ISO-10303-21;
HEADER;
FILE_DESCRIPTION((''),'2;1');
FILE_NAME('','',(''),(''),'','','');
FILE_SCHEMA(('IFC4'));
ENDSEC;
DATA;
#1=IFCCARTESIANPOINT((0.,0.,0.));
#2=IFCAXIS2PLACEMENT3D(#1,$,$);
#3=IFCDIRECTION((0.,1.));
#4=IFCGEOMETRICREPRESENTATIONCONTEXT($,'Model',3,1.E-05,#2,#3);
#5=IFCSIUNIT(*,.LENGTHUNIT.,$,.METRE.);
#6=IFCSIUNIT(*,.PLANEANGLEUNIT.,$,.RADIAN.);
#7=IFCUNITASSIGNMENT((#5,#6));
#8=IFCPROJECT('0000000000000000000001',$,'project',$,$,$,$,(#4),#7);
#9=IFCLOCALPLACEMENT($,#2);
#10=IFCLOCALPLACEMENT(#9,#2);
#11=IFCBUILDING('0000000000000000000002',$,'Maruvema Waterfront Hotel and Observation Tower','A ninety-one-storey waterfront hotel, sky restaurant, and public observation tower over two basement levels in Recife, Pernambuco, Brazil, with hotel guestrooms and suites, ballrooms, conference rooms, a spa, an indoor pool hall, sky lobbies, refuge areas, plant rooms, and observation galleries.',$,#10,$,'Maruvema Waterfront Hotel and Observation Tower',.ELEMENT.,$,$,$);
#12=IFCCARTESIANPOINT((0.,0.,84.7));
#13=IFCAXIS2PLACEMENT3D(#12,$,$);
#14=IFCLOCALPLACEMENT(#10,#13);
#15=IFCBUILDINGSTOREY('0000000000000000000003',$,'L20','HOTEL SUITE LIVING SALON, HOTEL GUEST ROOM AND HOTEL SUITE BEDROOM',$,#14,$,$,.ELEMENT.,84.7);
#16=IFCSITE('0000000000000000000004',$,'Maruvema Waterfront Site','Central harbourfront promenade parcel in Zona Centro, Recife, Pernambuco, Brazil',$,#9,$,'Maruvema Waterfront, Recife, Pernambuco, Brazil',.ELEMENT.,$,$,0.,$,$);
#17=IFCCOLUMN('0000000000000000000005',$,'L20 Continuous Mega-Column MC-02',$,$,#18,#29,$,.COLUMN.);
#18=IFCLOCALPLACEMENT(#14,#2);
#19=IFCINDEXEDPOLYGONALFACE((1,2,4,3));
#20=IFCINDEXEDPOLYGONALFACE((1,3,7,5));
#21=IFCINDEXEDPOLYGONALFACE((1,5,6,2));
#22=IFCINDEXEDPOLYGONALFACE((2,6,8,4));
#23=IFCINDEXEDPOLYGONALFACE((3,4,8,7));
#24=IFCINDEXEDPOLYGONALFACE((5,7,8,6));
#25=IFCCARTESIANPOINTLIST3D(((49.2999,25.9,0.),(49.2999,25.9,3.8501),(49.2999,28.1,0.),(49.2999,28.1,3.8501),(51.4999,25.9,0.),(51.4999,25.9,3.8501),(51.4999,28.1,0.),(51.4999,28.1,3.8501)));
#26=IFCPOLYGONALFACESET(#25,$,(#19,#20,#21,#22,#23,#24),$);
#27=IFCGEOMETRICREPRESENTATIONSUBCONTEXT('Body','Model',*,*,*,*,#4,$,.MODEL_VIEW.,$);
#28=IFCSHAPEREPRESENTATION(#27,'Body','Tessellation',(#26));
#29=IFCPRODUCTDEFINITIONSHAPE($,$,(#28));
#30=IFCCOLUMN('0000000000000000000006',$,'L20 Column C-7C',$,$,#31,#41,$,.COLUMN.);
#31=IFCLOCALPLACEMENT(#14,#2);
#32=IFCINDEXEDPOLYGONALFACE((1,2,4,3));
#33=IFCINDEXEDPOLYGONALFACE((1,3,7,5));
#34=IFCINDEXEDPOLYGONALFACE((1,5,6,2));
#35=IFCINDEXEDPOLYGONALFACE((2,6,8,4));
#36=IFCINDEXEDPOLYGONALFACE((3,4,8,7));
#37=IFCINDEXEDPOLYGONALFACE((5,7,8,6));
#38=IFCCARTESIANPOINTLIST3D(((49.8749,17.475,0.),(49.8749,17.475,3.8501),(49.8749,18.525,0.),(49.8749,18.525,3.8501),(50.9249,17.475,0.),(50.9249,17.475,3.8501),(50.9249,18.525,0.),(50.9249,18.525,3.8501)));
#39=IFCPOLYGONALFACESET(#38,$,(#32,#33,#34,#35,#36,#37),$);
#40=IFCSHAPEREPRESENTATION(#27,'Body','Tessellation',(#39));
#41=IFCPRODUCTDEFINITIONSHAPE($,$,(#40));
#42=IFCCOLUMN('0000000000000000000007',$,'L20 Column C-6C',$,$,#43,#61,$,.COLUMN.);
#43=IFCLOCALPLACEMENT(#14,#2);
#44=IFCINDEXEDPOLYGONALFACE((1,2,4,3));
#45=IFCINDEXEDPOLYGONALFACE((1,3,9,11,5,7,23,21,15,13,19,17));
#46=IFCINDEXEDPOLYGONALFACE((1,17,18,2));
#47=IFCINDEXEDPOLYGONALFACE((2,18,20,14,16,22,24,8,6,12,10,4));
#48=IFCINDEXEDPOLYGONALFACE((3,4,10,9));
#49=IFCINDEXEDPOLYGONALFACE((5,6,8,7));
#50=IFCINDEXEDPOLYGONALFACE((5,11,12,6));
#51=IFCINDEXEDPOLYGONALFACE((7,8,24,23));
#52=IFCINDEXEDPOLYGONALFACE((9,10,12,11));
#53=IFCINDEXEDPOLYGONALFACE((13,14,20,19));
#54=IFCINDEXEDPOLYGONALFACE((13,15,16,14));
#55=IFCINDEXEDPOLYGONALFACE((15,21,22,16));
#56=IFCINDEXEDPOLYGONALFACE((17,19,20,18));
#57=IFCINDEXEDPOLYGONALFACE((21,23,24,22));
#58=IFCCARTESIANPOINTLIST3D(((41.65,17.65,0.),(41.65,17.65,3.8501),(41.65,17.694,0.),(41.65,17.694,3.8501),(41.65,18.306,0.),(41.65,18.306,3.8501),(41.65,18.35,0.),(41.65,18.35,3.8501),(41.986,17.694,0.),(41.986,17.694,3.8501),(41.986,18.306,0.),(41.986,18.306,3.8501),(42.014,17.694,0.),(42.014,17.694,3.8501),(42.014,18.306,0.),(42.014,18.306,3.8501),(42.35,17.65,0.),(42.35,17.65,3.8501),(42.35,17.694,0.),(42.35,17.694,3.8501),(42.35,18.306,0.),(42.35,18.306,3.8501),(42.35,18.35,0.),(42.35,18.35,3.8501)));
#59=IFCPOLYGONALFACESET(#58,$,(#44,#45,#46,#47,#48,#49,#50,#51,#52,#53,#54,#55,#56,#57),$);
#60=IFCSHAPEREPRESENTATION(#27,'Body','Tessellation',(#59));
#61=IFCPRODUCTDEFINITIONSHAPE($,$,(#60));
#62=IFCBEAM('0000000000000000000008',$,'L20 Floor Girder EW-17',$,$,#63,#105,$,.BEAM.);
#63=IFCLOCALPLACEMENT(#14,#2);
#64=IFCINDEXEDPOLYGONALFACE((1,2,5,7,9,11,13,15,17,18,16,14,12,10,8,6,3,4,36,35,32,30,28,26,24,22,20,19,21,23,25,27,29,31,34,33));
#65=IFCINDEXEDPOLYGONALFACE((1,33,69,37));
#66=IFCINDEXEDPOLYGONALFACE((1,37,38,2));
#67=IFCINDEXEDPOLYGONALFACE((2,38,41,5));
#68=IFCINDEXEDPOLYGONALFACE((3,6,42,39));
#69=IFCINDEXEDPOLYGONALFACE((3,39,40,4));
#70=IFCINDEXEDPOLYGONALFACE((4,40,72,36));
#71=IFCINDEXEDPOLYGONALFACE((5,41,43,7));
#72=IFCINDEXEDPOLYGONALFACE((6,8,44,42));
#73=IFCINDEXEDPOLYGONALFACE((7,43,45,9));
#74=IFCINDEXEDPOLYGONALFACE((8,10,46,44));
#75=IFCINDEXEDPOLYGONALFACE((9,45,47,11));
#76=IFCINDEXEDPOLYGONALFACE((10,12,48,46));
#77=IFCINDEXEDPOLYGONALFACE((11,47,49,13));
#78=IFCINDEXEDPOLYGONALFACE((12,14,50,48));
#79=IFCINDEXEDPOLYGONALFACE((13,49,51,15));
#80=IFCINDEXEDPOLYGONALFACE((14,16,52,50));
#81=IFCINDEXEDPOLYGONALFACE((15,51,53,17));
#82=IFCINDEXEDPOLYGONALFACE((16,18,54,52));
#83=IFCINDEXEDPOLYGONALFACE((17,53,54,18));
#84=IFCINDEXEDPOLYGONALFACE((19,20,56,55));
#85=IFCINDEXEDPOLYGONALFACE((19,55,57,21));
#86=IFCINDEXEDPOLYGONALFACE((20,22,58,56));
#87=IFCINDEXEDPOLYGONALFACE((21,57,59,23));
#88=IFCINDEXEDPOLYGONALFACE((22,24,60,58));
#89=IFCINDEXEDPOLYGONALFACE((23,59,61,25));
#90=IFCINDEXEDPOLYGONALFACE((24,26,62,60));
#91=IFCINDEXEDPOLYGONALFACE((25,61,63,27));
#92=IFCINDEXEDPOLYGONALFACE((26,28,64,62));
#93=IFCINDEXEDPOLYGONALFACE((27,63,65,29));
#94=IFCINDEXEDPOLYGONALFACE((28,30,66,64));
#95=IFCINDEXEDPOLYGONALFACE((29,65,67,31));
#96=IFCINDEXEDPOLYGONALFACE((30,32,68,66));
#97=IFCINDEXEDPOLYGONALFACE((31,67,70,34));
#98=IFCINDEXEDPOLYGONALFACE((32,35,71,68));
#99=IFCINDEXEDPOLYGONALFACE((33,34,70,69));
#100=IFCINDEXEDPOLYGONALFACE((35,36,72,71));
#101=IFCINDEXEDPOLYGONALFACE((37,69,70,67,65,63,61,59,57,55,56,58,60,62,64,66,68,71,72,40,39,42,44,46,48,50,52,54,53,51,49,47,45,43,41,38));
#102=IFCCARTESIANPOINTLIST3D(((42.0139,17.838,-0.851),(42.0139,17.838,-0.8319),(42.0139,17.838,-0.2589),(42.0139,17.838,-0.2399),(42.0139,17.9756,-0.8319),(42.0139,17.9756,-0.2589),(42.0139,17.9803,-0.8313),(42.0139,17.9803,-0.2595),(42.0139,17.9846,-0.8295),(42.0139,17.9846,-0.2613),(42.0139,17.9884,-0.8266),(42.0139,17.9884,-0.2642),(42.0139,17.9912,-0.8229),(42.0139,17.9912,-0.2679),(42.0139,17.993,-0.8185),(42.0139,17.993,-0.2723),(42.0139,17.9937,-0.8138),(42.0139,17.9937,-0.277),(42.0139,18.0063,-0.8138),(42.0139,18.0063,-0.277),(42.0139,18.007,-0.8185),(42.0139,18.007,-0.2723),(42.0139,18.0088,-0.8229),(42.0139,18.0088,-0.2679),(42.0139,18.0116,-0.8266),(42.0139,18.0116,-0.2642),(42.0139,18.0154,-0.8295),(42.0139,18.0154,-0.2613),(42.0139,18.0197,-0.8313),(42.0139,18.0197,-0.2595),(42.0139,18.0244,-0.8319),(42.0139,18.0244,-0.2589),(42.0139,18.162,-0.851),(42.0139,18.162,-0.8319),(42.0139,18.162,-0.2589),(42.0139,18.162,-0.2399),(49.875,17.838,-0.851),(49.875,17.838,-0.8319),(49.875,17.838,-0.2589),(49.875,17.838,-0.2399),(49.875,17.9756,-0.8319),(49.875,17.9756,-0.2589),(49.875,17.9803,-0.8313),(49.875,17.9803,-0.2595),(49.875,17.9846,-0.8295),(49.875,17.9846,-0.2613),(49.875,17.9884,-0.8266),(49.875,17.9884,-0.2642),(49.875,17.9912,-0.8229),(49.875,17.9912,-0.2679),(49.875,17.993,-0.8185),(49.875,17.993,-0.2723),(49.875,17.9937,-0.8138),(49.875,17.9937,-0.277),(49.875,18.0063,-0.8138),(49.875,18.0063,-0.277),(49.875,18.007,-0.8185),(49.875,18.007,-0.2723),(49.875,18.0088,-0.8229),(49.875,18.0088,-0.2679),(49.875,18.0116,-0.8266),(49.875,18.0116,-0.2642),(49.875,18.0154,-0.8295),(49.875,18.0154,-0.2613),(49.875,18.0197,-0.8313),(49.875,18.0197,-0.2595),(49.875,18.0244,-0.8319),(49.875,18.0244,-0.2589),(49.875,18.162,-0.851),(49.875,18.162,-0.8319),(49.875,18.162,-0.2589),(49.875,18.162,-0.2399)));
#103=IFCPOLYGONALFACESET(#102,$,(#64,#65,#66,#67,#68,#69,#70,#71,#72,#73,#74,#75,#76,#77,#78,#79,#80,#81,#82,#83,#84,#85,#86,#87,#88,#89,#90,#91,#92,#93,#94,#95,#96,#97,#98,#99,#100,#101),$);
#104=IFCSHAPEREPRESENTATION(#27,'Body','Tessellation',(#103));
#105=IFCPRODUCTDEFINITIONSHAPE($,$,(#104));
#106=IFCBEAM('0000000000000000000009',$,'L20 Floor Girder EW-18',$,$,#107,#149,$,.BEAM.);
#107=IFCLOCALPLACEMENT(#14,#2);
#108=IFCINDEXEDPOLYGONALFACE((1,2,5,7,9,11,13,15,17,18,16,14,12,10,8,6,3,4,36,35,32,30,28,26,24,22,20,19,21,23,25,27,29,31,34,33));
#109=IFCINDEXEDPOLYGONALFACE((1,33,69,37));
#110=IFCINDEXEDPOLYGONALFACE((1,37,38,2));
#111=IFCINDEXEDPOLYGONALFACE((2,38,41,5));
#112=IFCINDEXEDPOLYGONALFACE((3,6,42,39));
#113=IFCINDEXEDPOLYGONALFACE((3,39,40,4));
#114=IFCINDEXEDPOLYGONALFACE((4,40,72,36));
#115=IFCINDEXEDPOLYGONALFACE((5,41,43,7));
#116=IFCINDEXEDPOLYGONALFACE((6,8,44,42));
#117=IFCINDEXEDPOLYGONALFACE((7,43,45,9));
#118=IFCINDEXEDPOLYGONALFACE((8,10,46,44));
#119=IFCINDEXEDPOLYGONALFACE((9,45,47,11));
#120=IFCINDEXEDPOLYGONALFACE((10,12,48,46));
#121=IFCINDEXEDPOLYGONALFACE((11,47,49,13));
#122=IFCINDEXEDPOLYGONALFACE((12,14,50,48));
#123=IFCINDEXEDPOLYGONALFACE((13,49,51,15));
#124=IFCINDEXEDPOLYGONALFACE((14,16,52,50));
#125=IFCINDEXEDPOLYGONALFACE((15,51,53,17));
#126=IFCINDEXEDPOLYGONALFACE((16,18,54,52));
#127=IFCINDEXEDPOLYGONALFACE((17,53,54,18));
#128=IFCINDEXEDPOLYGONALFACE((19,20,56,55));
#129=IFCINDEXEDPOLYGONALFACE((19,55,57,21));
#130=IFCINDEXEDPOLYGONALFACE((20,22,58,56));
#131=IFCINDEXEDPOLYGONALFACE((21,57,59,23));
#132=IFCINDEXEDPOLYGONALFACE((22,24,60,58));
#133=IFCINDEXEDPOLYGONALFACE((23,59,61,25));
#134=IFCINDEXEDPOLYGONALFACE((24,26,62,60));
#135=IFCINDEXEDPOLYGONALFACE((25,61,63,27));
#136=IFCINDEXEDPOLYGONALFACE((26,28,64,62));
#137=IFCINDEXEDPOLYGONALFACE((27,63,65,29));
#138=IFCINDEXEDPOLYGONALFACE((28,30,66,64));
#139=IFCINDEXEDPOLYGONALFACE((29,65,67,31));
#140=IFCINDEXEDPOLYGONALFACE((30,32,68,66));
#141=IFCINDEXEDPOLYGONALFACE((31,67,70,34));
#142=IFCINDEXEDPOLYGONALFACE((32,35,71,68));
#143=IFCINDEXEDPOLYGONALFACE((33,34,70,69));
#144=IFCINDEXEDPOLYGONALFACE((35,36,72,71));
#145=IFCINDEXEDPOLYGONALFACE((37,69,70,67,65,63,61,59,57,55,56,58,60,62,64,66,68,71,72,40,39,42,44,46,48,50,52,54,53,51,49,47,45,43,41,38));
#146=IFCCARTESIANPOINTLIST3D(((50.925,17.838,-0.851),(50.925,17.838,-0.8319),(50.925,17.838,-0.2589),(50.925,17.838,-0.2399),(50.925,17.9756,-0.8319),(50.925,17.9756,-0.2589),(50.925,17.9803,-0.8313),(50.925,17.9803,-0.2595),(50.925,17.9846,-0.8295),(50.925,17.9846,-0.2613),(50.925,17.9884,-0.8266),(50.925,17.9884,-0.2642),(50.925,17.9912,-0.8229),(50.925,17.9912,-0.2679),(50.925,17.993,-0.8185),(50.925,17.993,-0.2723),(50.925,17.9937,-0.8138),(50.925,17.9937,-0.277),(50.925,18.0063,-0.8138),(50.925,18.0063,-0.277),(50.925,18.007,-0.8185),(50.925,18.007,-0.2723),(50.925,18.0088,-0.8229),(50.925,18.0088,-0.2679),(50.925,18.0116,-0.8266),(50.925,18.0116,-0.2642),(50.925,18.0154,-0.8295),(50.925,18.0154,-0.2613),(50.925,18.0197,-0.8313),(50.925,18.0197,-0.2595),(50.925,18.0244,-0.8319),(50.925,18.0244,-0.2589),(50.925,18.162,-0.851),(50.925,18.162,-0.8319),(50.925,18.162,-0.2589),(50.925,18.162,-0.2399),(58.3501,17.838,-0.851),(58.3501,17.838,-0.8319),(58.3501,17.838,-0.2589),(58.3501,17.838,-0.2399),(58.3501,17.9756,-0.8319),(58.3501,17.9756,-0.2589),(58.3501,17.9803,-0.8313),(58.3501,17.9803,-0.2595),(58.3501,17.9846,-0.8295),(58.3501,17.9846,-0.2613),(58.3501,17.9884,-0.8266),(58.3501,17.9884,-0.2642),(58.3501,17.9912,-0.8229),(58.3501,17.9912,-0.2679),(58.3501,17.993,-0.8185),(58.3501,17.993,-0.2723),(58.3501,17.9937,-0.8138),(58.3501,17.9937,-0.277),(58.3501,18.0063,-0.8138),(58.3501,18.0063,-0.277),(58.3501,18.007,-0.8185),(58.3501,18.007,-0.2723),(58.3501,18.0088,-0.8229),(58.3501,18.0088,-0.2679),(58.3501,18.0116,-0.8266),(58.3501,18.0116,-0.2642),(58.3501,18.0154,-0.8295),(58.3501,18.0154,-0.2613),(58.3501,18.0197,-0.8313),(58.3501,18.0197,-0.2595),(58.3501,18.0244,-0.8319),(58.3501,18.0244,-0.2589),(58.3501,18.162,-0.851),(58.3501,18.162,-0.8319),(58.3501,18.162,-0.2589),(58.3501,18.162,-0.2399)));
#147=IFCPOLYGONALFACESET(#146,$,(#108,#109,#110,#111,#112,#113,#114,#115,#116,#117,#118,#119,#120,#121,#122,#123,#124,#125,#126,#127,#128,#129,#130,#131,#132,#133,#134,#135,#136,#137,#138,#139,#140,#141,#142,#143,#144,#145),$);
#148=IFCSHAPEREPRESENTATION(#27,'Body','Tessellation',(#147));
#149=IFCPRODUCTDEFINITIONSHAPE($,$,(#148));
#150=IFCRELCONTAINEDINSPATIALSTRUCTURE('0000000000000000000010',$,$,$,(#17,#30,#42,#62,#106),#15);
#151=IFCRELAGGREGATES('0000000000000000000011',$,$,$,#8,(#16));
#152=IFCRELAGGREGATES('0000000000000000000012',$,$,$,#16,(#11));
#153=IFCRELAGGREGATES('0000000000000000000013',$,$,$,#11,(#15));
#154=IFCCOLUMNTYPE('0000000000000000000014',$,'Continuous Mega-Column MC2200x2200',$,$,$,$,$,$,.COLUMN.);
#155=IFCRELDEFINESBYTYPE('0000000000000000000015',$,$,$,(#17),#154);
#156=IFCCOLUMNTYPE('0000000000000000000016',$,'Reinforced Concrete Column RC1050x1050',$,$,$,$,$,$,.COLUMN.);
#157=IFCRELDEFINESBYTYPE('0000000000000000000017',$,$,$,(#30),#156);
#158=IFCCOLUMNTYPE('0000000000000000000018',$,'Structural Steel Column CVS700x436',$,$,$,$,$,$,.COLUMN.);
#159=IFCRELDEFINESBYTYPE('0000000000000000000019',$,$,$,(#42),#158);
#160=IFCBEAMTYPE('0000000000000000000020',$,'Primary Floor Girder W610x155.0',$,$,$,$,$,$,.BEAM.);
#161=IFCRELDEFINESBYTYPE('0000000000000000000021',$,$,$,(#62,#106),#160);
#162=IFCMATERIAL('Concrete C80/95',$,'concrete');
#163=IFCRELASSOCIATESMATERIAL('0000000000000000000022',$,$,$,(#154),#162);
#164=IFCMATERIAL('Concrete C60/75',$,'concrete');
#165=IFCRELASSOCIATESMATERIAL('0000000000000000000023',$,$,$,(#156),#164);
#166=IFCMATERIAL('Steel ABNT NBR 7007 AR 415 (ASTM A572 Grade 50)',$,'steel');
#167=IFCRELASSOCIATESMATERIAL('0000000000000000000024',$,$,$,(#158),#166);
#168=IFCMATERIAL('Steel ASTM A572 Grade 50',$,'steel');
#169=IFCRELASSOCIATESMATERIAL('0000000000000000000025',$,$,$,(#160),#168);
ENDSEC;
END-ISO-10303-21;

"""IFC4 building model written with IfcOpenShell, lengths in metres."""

from ifc_helpers import new_model, si_unit, direction, frame, origin, origin_2d, place, context, subcontext, project, spatial, rectangle, i_section, extrude, material, material_profile, profile_set, type_object, element, save


model = new_model("IFC4")

# Units and contexts
model_context = context("Model", 3, precision=1e-05, world=origin(), true_north=direction((0.0, 1.0)))
body_context = subcontext(model_context, "Body", "Model", "MODEL_VIEW")
ifc_project = project(units=[si_unit("LENGTHUNIT", "METRE"), si_unit("PLANEANGLEUNIT", "RADIAN")], contexts=[model_context])

# Site, building, storey
site_placement = place(None, origin())
site = spatial("IfcSite", under=ifc_project, at=site_placement, Name="Maruvema Waterfront Site", Description="Central harbourfront promenade parcel in Zona Centro, Recife, Pernambuco, Brazil", LongName="Maruvema Waterfront, Recife, Pernambuco, Brazil", CompositionType="ELEMENT", RefElevation=0.0)
building_placement = place(site_placement, origin())
building = spatial("IfcBuilding", under=site, at=building_placement, Name="Maruvema Waterfront Hotel and Observation Tower", Description="A ninety-one-storey waterfront hotel, sky restaurant, and public observation tower over two basement levels in Recife, Pernambuco, Brazil, with hotel guestrooms and suites, ballrooms, conference rooms, a spa, an indoor pool hall, sky lobbies, refuge areas, plant rooms, and observation galleries.", LongName="Maruvema Waterfront Hotel and Observation Tower", CompositionType="ELEMENT")
storey_placement = place(building_placement, frame((0.0, 0.0, 84.7)))
storey = spatial("IfcBuildingStorey", under=building, at=storey_placement, Name="L20", Description="HOTEL SUITE LIVING SALON, HOTEL GUEST ROOM AND HOTEL SUITE BEDROOM", CompositionType="ELEMENT", Elevation=84.7)

# Columns
ifc_material_1 = material(Name="Concrete C80/95", Category="concrete")
ifc_material_profile_1 = material_profile(ifc_material_1, rectangle(XDim=2.2, YDim=2.2, at=origin_2d()), Name="MC2200x2200")
ifc_profile_set_1 = profile_set([ifc_material_profile_1], Name="Concrete C80/95")
column_type_1 = type_object("IfcColumnType", Name="Continuous Mega-Column MC2200x2200", PredefinedType="COLUMN", material=ifc_profile_set_1)
column_1_placement = place(storey_placement, frame((50.3999, 27.0, 0.0), z_axis=(0.0, 0.0, 1.0), x_axis=(1.0, 0.0, 0.0)))
element("IfcColumn", 1, at=column_1_placement, inside=storey, type_object=column_type_1, Name="L20 Continuous Mega-Column MC-02", PredefinedType="COLUMN", context=body_context, shape_type="SweptSolid", body=[
    extrude(rectangle(XDim=2.2, YDim=2.2, at=origin_2d()), origin(), (0.0, 0.0, 1.0), 3.8501),
])
ifc_material_2 = material(Name="Concrete C60/75", Category="concrete")
ifc_material_profile_2 = material_profile(ifc_material_2, rectangle(XDim=1.05, YDim=1.05, at=origin_2d()), Name="RC1050x1050")
ifc_profile_set_2 = profile_set([ifc_material_profile_2], Name="Concrete C60/75")
column_type_2 = type_object("IfcColumnType", Name="Reinforced Concrete Column RC1050x1050", PredefinedType="COLUMN", material=ifc_profile_set_2)
column_2_placement = place(storey_placement, frame((50.3999, 18.0, 0.0), z_axis=(0.0, 0.0, 1.0), x_axis=(1.0, 0.0, 0.0)))
element("IfcColumn", 2, at=column_2_placement, inside=storey, type_object=column_type_2, Name="L20 Column C-7C", PredefinedType="COLUMN", context=body_context, shape_type="SweptSolid", body=[
    extrude(rectangle(XDim=1.05, YDim=1.05, at=origin_2d()), origin(), (0.0, 0.0, 1.0), 3.8501),
])
ifc_material_3 = material(Name="Steel ABNT NBR 7007 AR 415 (ASTM A572 Grade 50)", Category="steel")
ifc_material_profile_3 = material_profile(ifc_material_3, i_section(OverallWidth=0.7, OverallDepth=0.7, WebThickness=0.0281, FlangeThickness=0.0439, at=origin_2d()), Name="CVS700x436")
ifc_profile_set_3 = profile_set([ifc_material_profile_3], Name="Steel ABNT NBR 7007 AR 415 (ASTM A572 Grade 50)")
column_type_3 = type_object("IfcColumnType", Name="Structural Steel Column CVS700x436", PredefinedType="COLUMN", material=ifc_profile_set_3)
column_3_placement = place(storey_placement, frame((42.0, 18.0, 0.0), z_axis=(0.0, 0.0, 1.0), x_axis=(1.0, 0.0, 0.0)))
element("IfcColumn", 3, at=column_3_placement, inside=storey, type_object=column_type_3, Name="L20 Column C-6C", PredefinedType="COLUMN", context=body_context, shape_type="SweptSolid", body=[
    extrude(i_section(OverallWidth=0.7, OverallDepth=0.7, WebThickness=0.0281, FlangeThickness=0.0439, at=origin_2d()), origin(), (0.0, 0.0, 1.0), 3.8501),
])

# Beams
ifc_material_4 = material(Name="Steel ASTM A572 Grade 50", Category="steel")
ifc_material_profile_4 = material_profile(ifc_material_4, i_section(OverallWidth=0.324, OverallDepth=0.6111, WebThickness=0.0127, FlangeThickness=0.019, FilletRadius=0.0181, at=origin_2d()), Name="W610x155.0")
ifc_profile_set_4 = profile_set([ifc_material_profile_4], Name="Steel ASTM A572 Grade 50")
beam_type = type_object("IfcBeamType", Name="Primary Floor Girder W610x155.0", PredefinedType="BEAM", material=ifc_profile_set_4)
beam_1_placement = place(storey_placement, frame((42.0139, 18.0, -0.5454), z_axis=(1.0, 0.0, 0.0), x_axis=(0.0, 1.0, 0.0)))
element("IfcBeam", 4, at=beam_1_placement, inside=storey, type_object=beam_type, Name="L20 Floor Girder EW-17", PredefinedType="BEAM", context=body_context, shape_type="SweptSolid", body=[
    extrude(i_section(OverallWidth=0.324, OverallDepth=0.6111, WebThickness=0.0127, FlangeThickness=0.019, FilletRadius=0.0181, at=origin_2d()), origin(), (0.0, 0.0, 1.0), 7.8611),
])
beam_2_placement = place(storey_placement, frame((50.925, 18.0, -0.5454), z_axis=(1.0, 0.0, 0.0), x_axis=(0.0, 1.0, 0.0)))
element("IfcBeam", 5, at=beam_2_placement, inside=storey, type_object=beam_type, Name="L20 Floor Girder EW-18", PredefinedType="BEAM", context=body_context, shape_type="SweptSolid", body=[
    extrude(i_section(OverallWidth=0.324, OverallDepth=0.6111, WebThickness=0.0127, FlangeThickness=0.019, FilletRadius=0.0181, at=origin_2d()), origin(), (0.0, 0.0, 1.0), 7.425),
])

save(model, "model.ifc")
